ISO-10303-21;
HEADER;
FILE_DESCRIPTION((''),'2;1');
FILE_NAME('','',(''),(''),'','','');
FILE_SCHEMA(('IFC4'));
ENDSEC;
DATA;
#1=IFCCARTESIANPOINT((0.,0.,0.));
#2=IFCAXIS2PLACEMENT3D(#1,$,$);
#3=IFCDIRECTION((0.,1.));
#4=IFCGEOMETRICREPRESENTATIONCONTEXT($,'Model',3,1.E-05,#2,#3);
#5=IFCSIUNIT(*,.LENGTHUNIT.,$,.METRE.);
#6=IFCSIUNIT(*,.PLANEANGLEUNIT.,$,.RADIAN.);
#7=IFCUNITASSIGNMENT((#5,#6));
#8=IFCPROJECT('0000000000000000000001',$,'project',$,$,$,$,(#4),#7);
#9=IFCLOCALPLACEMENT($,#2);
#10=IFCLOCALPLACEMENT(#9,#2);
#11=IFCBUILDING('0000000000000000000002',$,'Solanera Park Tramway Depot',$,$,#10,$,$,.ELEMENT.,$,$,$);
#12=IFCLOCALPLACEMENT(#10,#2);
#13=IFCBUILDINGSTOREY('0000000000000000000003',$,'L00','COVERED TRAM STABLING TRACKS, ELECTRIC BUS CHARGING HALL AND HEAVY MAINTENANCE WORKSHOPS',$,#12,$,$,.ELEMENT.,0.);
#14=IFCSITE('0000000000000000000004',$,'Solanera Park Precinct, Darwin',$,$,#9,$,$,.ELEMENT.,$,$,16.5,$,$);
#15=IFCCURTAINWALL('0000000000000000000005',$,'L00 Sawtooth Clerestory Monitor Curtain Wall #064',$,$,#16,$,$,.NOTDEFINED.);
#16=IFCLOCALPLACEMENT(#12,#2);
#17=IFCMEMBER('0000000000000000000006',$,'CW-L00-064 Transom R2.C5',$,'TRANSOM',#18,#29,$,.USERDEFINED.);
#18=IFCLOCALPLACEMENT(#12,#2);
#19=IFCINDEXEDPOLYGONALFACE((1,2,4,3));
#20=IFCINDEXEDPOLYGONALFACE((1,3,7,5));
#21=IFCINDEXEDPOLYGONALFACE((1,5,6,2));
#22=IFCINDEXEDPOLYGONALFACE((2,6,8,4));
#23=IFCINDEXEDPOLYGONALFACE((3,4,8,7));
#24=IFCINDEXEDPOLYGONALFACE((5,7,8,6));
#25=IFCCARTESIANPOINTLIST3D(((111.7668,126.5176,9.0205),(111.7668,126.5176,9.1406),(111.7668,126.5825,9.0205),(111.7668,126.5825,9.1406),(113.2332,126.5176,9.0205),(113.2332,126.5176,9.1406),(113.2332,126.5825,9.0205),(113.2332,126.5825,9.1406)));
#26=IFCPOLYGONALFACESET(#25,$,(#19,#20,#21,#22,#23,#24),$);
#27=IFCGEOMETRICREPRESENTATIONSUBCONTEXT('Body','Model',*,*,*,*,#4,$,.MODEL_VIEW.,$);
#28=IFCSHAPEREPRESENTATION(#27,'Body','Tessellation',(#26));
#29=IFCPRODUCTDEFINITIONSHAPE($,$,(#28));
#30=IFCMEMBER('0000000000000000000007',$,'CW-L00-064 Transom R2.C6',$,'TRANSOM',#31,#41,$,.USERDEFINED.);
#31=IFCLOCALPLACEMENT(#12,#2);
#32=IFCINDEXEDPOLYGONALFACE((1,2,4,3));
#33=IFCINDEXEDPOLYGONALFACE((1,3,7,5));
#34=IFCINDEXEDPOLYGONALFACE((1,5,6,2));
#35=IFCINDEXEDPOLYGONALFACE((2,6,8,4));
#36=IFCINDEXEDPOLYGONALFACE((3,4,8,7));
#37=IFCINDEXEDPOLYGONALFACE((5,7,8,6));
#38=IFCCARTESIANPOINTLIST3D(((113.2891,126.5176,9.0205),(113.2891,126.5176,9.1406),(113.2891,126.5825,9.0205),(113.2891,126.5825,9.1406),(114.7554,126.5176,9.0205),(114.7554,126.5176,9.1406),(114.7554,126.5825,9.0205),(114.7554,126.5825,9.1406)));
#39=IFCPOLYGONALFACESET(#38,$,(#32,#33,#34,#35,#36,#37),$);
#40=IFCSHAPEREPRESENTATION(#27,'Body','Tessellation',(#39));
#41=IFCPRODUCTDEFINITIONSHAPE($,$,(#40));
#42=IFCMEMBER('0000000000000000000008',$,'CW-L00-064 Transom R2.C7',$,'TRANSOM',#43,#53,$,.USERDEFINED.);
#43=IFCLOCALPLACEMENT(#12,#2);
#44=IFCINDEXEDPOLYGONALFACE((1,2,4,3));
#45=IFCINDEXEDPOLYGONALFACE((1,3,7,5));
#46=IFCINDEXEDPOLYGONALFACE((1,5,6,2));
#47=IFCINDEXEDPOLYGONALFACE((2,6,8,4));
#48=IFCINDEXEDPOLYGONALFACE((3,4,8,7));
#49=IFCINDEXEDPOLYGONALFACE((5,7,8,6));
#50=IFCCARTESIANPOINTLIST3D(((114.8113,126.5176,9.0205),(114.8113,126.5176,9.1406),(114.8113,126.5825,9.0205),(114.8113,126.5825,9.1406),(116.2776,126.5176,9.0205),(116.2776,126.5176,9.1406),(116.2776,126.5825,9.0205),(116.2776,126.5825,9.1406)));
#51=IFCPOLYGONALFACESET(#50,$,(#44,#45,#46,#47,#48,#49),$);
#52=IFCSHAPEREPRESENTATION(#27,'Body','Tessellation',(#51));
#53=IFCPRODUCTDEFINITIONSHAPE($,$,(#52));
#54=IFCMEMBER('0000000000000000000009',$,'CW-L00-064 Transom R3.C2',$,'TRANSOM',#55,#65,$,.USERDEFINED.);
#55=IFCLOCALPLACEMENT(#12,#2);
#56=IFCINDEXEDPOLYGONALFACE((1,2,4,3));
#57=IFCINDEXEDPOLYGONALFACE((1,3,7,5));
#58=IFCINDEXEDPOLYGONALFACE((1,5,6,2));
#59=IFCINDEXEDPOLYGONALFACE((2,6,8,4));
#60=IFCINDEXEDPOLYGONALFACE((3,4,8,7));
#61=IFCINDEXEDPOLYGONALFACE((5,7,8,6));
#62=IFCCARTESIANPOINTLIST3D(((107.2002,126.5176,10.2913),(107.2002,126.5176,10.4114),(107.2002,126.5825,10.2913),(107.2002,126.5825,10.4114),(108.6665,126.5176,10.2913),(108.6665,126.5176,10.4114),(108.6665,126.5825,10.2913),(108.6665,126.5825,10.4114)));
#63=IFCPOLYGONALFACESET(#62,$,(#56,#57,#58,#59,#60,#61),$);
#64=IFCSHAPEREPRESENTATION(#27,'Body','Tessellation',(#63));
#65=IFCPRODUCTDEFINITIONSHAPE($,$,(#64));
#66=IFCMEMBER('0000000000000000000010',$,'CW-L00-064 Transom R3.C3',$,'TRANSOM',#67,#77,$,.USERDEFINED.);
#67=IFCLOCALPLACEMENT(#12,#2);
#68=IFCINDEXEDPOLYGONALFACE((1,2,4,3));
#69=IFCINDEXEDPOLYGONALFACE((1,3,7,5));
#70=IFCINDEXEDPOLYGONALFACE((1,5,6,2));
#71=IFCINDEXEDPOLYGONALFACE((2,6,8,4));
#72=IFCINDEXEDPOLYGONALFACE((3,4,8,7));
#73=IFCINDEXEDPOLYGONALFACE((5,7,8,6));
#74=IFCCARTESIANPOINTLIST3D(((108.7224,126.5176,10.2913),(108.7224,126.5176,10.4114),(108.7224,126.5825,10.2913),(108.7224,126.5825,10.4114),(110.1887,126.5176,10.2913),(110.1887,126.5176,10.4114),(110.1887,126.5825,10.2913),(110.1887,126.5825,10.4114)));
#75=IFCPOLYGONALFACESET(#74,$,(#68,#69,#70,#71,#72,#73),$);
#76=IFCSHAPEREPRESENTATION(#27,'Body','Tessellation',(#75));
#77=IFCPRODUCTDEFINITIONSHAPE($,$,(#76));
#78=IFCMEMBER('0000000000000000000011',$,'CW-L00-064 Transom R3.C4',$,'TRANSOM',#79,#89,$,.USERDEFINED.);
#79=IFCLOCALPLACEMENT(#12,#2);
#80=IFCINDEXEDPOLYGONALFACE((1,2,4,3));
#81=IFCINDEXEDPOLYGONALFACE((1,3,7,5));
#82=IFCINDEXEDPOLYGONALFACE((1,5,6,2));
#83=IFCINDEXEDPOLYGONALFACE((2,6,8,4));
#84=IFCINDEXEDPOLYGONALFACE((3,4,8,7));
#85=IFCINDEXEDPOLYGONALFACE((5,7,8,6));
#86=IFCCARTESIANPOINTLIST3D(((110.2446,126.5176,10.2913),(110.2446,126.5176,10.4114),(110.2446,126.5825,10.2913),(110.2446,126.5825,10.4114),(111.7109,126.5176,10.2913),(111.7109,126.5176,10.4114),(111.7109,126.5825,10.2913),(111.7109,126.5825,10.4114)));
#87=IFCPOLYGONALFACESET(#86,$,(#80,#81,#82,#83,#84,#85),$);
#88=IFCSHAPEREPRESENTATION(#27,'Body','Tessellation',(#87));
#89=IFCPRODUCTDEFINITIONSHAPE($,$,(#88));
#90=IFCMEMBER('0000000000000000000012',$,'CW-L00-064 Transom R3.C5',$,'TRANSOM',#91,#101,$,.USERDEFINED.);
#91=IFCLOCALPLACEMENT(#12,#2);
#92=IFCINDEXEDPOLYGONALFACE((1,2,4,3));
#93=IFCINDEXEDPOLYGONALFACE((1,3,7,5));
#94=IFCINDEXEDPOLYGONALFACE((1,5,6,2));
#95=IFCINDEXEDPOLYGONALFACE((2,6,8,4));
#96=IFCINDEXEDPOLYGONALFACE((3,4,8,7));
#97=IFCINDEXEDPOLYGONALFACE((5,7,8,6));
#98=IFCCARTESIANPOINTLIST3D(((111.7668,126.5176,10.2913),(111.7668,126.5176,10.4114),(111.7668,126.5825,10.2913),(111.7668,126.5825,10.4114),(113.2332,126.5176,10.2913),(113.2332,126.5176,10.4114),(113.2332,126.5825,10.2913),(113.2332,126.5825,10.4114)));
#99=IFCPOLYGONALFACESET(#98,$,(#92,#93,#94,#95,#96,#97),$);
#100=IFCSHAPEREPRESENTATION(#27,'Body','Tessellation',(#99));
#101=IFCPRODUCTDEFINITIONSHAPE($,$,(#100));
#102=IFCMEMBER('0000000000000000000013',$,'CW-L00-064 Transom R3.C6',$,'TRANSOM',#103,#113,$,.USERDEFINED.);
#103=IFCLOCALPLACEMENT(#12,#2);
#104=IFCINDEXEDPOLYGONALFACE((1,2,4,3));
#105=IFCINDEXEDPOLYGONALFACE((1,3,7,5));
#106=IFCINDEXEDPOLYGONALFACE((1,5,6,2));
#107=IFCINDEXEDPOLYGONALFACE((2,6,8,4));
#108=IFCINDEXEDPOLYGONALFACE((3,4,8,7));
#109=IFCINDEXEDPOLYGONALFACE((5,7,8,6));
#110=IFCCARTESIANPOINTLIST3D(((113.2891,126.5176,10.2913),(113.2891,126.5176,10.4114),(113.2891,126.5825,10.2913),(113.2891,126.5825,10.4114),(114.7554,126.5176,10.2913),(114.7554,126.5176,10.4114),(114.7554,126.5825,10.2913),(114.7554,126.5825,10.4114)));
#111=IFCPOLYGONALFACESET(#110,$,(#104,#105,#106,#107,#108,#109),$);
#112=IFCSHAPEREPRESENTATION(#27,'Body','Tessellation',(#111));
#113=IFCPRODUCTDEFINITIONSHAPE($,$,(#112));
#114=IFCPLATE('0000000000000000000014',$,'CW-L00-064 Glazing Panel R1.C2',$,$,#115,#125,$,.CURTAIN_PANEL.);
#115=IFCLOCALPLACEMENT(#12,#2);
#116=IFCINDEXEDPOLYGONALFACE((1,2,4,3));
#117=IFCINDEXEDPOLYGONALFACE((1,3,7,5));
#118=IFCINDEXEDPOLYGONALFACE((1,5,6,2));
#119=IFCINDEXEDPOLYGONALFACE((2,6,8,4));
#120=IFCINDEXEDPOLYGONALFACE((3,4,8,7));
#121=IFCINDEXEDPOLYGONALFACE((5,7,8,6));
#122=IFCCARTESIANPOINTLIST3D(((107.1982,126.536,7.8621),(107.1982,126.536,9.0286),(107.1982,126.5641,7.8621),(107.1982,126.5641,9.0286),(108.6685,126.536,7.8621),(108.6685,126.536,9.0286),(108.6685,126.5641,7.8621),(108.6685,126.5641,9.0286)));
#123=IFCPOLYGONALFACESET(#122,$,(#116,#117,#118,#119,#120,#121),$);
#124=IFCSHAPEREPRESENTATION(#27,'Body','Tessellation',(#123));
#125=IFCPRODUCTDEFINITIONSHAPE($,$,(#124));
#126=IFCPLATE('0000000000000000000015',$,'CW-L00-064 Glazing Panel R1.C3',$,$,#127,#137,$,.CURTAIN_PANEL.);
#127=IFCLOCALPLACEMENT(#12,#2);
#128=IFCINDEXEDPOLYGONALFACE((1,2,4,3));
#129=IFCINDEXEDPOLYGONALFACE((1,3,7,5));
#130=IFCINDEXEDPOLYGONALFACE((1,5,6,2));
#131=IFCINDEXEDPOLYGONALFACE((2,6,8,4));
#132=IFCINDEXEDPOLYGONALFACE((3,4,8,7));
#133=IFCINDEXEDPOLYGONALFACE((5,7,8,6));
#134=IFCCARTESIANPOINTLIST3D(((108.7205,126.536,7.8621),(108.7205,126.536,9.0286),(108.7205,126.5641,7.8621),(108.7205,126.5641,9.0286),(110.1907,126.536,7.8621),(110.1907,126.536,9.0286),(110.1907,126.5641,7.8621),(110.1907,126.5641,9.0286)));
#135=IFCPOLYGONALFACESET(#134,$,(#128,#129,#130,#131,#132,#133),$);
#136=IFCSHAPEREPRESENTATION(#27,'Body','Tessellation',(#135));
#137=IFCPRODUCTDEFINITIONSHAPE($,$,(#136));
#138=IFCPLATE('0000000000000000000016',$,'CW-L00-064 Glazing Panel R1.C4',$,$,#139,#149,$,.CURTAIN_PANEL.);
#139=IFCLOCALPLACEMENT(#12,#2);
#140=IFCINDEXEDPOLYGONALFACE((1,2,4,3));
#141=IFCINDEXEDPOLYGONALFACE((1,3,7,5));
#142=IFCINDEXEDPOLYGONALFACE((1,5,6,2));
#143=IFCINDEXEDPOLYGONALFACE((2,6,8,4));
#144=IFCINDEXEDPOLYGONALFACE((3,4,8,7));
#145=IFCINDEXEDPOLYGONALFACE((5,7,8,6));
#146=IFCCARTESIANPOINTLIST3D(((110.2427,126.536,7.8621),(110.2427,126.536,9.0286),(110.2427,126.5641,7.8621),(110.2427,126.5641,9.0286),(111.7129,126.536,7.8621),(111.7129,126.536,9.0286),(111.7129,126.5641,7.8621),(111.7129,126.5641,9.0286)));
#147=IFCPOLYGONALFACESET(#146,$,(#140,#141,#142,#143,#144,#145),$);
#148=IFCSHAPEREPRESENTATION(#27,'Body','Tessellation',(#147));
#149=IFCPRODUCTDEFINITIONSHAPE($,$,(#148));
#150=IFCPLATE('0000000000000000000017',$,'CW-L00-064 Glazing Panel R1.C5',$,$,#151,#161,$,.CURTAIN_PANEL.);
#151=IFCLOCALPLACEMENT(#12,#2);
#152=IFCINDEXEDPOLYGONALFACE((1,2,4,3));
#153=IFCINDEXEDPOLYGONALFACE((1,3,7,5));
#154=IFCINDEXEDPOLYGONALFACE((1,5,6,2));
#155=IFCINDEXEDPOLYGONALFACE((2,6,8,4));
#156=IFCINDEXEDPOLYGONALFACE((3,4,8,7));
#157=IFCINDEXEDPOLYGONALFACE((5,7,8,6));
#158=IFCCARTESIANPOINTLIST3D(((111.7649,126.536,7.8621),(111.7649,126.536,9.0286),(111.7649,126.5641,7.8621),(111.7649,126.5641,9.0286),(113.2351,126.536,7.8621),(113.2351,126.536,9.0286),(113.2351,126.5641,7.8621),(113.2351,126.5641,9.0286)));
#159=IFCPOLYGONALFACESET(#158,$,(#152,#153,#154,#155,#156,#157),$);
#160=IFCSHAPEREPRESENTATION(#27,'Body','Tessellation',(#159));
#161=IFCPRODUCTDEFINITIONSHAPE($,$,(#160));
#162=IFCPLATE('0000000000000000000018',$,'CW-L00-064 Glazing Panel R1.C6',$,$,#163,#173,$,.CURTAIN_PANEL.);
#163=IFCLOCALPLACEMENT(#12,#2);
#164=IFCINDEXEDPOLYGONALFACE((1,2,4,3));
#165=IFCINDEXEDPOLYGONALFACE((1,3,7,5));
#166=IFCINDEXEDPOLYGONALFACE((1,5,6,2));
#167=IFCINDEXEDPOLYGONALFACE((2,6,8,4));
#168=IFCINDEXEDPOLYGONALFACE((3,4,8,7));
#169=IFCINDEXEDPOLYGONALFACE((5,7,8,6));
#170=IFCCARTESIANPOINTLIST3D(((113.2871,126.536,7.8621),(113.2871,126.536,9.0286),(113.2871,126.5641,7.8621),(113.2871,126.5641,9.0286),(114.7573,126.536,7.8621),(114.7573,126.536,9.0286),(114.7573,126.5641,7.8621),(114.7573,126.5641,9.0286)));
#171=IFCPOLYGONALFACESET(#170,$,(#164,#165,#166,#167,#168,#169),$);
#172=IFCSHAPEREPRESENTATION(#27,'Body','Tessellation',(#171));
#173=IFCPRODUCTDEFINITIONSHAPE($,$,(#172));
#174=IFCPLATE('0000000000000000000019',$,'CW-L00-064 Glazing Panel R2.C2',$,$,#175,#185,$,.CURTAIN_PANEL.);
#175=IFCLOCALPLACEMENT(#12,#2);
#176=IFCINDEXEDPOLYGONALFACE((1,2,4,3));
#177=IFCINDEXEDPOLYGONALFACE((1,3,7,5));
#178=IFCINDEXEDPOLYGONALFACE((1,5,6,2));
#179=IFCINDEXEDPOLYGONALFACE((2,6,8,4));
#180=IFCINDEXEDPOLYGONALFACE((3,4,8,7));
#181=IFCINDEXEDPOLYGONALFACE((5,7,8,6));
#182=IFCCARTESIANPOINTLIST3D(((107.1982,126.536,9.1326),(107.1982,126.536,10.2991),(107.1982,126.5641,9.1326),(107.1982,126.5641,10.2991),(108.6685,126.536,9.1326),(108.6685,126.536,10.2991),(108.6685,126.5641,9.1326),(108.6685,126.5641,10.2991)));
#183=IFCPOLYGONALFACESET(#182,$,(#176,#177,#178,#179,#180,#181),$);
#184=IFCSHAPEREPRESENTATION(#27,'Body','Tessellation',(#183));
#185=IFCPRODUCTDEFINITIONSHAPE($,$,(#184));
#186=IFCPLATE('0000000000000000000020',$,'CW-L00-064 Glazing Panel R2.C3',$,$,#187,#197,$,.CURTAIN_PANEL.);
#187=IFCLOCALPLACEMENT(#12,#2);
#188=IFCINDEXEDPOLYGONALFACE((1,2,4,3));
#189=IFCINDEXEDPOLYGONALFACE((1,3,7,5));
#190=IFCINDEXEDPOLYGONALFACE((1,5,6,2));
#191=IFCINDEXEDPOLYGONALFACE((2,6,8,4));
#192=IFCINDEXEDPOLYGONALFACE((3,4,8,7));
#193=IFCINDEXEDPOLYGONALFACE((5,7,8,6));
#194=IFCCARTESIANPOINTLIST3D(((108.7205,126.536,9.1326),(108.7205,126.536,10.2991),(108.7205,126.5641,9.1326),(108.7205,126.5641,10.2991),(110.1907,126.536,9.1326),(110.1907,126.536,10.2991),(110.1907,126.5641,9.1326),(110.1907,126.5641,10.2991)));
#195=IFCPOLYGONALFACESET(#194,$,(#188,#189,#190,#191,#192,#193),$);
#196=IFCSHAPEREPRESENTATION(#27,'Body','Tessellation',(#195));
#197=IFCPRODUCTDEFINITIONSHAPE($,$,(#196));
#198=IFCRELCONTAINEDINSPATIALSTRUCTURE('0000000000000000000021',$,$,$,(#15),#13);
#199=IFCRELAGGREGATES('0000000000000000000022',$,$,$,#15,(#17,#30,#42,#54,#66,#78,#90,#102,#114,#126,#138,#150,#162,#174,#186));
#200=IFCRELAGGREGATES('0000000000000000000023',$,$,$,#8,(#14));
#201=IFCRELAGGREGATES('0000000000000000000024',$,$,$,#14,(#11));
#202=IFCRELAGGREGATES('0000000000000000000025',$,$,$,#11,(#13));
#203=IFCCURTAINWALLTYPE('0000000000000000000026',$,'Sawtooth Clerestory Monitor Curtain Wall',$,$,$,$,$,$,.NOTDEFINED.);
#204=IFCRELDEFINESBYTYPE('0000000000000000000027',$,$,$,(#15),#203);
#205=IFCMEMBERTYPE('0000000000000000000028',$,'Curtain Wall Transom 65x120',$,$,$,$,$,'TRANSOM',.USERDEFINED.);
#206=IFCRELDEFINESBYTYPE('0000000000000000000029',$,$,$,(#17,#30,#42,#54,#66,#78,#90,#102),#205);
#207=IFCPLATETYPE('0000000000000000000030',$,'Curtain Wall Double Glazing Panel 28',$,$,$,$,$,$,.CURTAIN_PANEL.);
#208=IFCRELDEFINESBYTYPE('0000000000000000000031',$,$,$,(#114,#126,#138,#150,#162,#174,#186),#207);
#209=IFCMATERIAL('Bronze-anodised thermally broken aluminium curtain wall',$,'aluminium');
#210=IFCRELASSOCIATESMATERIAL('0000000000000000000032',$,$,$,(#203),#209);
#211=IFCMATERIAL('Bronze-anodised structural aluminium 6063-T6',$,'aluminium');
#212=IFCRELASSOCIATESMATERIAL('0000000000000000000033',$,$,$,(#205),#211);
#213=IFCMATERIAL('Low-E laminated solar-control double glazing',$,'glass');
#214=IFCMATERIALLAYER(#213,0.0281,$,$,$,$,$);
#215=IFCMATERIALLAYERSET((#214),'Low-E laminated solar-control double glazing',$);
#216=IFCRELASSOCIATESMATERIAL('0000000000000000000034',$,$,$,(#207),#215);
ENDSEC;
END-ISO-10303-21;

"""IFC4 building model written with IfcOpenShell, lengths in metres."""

from ifc_helpers import new_model, si_unit, direction, frame, origin, origin_2d, place, context, subcontext, project, spatial, rectangle, extrude, material, layer, layer_set, material_profile, profile_set, type_object, element, aggregate, save


model = new_model("IFC4")

# Units and contexts
model_context = context("Model", 3, precision=1e-05, world=origin(), true_north=direction((0.0, 1.0)))
body_context = subcontext(model_context, "Body", "Model", "MODEL_VIEW")
ifc_project = project(units=[si_unit("LENGTHUNIT", "METRE"), si_unit("PLANEANGLEUNIT", "RADIAN")], contexts=[model_context])

# Site, building, storey
site_placement = place(None, origin())
site = spatial("IfcSite", under=ifc_project, at=site_placement, Name="Solanera Park Precinct, Darwin", CompositionType="ELEMENT", RefElevation=16.5)
building_placement = place(site_placement, origin())
building = spatial("IfcBuilding", under=site, at=building_placement, Name="Solanera Park Tramway Depot", CompositionType="ELEMENT")
storey_placement = place(building_placement, origin())
storey = spatial("IfcBuildingStorey", under=building, at=storey_placement, Name="L00", Description="COVERED TRAM STABLING TRACKS, ELECTRIC BUS CHARGING HALL AND HEAVY MAINTENANCE WORKSHOPS", CompositionType="ELEMENT", Elevation=0.0)

# Curtain wall, members, plates
ifc_material_1 = material(Name="Bronze-anodised thermally broken aluminium curtain wall", Category="aluminium")
curtain_wall_type = type_object("IfcCurtainWallType", Name="Sawtooth Clerestory Monitor Curtain Wall", PredefinedType="NOTDEFINED", material=ifc_material_1)
curtain_wall_placement = place(storey_placement, origin())
curtain_wall = element("IfcCurtainWall", 1, at=curtain_wall_placement, inside=storey, type_object=curtain_wall_type, Name="L00 Sawtooth Clerestory Monitor Curtain Wall #064", PredefinedType="NOTDEFINED")
ifc_material_2 = material(Name="Bronze-anodised structural aluminium 6063-T6", Category="aluminium")
ifc_material_profile_1 = material_profile(ifc_material_2, rectangle(XDim=0.0649, YDim=0.1201, at=origin_2d()), Name="Curtain Wall Transom 65x120")
ifc_profile_set_1 = profile_set([ifc_material_profile_1], Name="Bronze-anodised structural aluminium 6063-T6")
member_type_1 = type_object("IfcMemberType", Name="Curtain Wall Transom 65x120", ElementType="TRANSOM", PredefinedType="USERDEFINED", material=ifc_profile_set_1)
member_1_placement = place(storey_placement, frame((111.7668, 126.55, 9.0806), z_axis=(1.0, 0.0, 0.0), x_axis=(0.0, 1.0, 0.0)))
member_1 = element("IfcMember", 2, at=member_1_placement, type_object=member_type_1, Name="CW-L00-064 Transom R2.C5", ObjectType="TRANSOM", PredefinedType="USERDEFINED", context=body_context, shape_type="SweptSolid", body=[
    extrude(rectangle(XDim=0.0649, YDim=0.1201, at=origin_2d()), origin(), (0.0, 0.0, 1.0), 1.4663),
])
member_2_placement = place(storey_placement, frame((113.2891, 126.55, 9.0806), z_axis=(1.0, 0.0, 0.0), x_axis=(0.0, 1.0, 0.0)))
member_2 = element("IfcMember", 3, at=member_2_placement, type_object=member_type_1, Name="CW-L00-064 Transom R2.C6", ObjectType="TRANSOM", PredefinedType="USERDEFINED", context=body_context, shape_type="SweptSolid", body=[
    extrude(rectangle(XDim=0.0649, YDim=0.1201, at=origin_2d()), origin(), (0.0, 0.0, 1.0), 1.4663),
])
member_3_placement = place(storey_placement, frame((114.8113, 126.55, 9.0806), z_axis=(1.0, 0.0, 0.0), x_axis=(0.0, 1.0, 0.0)))
member_3 = element("IfcMember", 4, at=member_3_placement, type_object=member_type_1, Name="CW-L00-064 Transom R2.C7", ObjectType="TRANSOM", PredefinedType="USERDEFINED", context=body_context, shape_type="SweptSolid", body=[
    extrude(rectangle(XDim=0.0649, YDim=0.1201, at=origin_2d()), origin(), (0.0, 0.0, 1.0), 1.4663),
])
member_4_placement = place(storey_placement, frame((107.2002, 126.55, 10.3513), z_axis=(1.0, 0.0, 0.0), x_axis=(0.0, 1.0, 0.0)))
member_4 = element("IfcMember", 5, at=member_4_placement, type_object=member_type_1, Name="CW-L00-064 Transom R3.C2", ObjectType="TRANSOM", PredefinedType="USERDEFINED", context=body_context, shape_type="SweptSolid", body=[
    extrude(rectangle(XDim=0.0649, YDim=0.1201, at=origin_2d()), origin(), (0.0, 0.0, 1.0), 1.4663),
])
member_5_placement = place(storey_placement, frame((108.7224, 126.55, 10.3513), z_axis=(1.0, 0.0, 0.0), x_axis=(0.0, 1.0, 0.0)))
member_5 = element("IfcMember", 6, at=member_5_placement, type_object=member_type_1, Name="CW-L00-064 Transom R3.C3", ObjectType="TRANSOM", PredefinedType="USERDEFINED", context=body_context, shape_type="SweptSolid", body=[
    extrude(rectangle(XDim=0.0649, YDim=0.1201, at=origin_2d()), origin(), (0.0, 0.0, 1.0), 1.4663),
])
member_6_placement = place(storey_placement, frame((110.2446, 126.55, 10.3513), z_axis=(1.0, 0.0, 0.0), x_axis=(0.0, 1.0, 0.0)))
member_6 = element("IfcMember", 7, at=member_6_placement, type_object=member_type_1, Name="CW-L00-064 Transom R3.C4", ObjectType="TRANSOM", PredefinedType="USERDEFINED", context=body_context, shape_type="SweptSolid", body=[
    extrude(rectangle(XDim=0.0649, YDim=0.1201, at=origin_2d()), origin(), (0.0, 0.0, 1.0), 1.4663),
])
member_7_placement = place(storey_placement, frame((111.7668, 126.55, 10.3513), z_axis=(1.0, 0.0, 0.0), x_axis=(0.0, 1.0, 0.0)))
member_7 = element("IfcMember", 8, at=member_7_placement, type_object=member_type_1, Name="CW-L00-064 Transom R3.C5", ObjectType="TRANSOM", PredefinedType="USERDEFINED", context=body_context, shape_type="SweptSolid", body=[
    extrude(rectangle(XDim=0.0649, YDim=0.1201, at=origin_2d()), origin(), (0.0, 0.0, 1.0), 1.4663),
])
member_8_placement = place(storey_placement, frame((113.2891, 126.55, 10.3513), z_axis=(1.0, 0.0, 0.0), x_axis=(0.0, 1.0, 0.0)))
member_8 = element("IfcMember", 9, at=member_8_placement, type_object=member_type_1, Name="CW-L00-064 Transom R3.C6", ObjectType="TRANSOM", PredefinedType="USERDEFINED", context=body_context, shape_type="SweptSolid", body=[
    extrude(rectangle(XDim=0.0649, YDim=0.1201, at=origin_2d()), origin(), (0.0, 0.0, 1.0), 1.4663),
])
ifc_material_3 = material(Name="Low-E laminated solar-control double glazing", Category="glass")
ifc_layer = layer(ifc_material_3, 0.0281)
ifc_layer_set = layer_set([ifc_layer], Name="Low-E laminated solar-control double glazing")
plate_type = type_object("IfcPlateType", Name="Curtain Wall Double Glazing Panel 28", PredefinedType="CURTAIN_PANEL", material=ifc_layer_set)
plate_1_placement = place(storey_placement, frame((107.9333, 126.55, 7.8621), z_axis=(0.0, 0.0, 1.0), x_axis=(1.0, 0.0, 0.0)))
plate_1 = element("IfcPlate", 10, at=plate_1_placement, type_object=plate_type, Name="CW-L00-064 Glazing Panel R1.C2", PredefinedType="CURTAIN_PANEL", context=body_context, shape_type="SweptSolid", body=[
    extrude(rectangle(XDim=1.4702, YDim=0.0281, at=origin_2d()), origin(), (0.0, 0.0, 1.0), 1.1665),
])
plate_2_placement = place(storey_placement, frame((109.4556, 126.55, 7.8621), z_axis=(0.0, 0.0, 1.0), x_axis=(1.0, 0.0, 0.0)))
plate_2 = element("IfcPlate", 11, at=plate_2_placement, type_object=plate_type, Name="CW-L00-064 Glazing Panel R1.C3", PredefinedType="CURTAIN_PANEL", context=body_context, shape_type="SweptSolid", body=[
    extrude(rectangle(XDim=1.4702, YDim=0.0281, at=origin_2d()), origin(), (0.0, 0.0, 1.0), 1.1665),
])
plate_3_placement = place(storey_placement, frame((110.9778, 126.55, 7.8621), z_axis=(0.0, 0.0, 1.0), x_axis=(1.0, 0.0, 0.0)))
plate_3 = element("IfcPlate", 12, at=plate_3_placement, type_object=plate_type, Name="CW-L00-064 Glazing Panel R1.C4", PredefinedType="CURTAIN_PANEL", context=body_context, shape_type="SweptSolid", body=[
    extrude(rectangle(XDim=1.4702, YDim=0.0281, at=origin_2d()), origin(), (0.0, 0.0, 1.0), 1.1665),
])
plate_4_placement = place(storey_placement, frame((112.5, 126.55, 7.8621), z_axis=(0.0, 0.0, 1.0), x_axis=(1.0, 0.0, 0.0)))
plate_4 = element("IfcPlate", 13, at=plate_4_placement, type_object=plate_type, Name="CW-L00-064 Glazing Panel R1.C5", PredefinedType="CURTAIN_PANEL", context=body_context, shape_type="SweptSolid", body=[
    extrude(rectangle(XDim=1.4702, YDim=0.0281, at=origin_2d()), origin(), (0.0, 0.0, 1.0), 1.1665),
])
plate_5_placement = place(storey_placement, frame((114.0222, 126.55, 7.8621), z_axis=(0.0, 0.0, 1.0), x_axis=(1.0, 0.0, 0.0)))
plate_5 = element("IfcPlate", 14, at=plate_5_placement, type_object=plate_type, Name="CW-L00-064 Glazing Panel R1.C6", PredefinedType="CURTAIN_PANEL", context=body_context, shape_type="SweptSolid", body=[
    extrude(rectangle(XDim=1.4702, YDim=0.0281, at=origin_2d()), origin(), (0.0, 0.0, 1.0), 1.1665),
])
plate_6_placement = place(storey_placement, frame((107.9333, 126.55, 9.1326), z_axis=(0.0, 0.0, 1.0), x_axis=(1.0, 0.0, 0.0)))
plate_6 = element("IfcPlate", 15, at=plate_6_placement, type_object=plate_type, Name="CW-L00-064 Glazing Panel R2.C2", PredefinedType="CURTAIN_PANEL", context=body_context, shape_type="SweptSolid", body=[
    extrude(rectangle(XDim=1.4702, YDim=0.0281, at=origin_2d()), origin(), (0.0, 0.0, 1.0), 1.1665),
])
plate_7_placement = place(storey_placement, frame((109.4556, 126.55, 9.1326), z_axis=(0.0, 0.0, 1.0), x_axis=(1.0, 0.0, 0.0)))
plate_7 = element("IfcPlate", 16, at=plate_7_placement, type_object=plate_type, Name="CW-L00-064 Glazing Panel R2.C3", PredefinedType="CURTAIN_PANEL", context=body_context, shape_type="SweptSolid", body=[
    extrude(rectangle(XDim=1.4702, YDim=0.0281, at=origin_2d()), origin(), (0.0, 0.0, 1.0), 1.1665),
])
aggregate(curtain_wall, [member_1, member_2, member_3, member_4, member_5, member_6, member_7, member_8, plate_1, plate_2, plate_3, plate_4, plate_5, plate_6, plate_7])

save(model, "model.ifc")
